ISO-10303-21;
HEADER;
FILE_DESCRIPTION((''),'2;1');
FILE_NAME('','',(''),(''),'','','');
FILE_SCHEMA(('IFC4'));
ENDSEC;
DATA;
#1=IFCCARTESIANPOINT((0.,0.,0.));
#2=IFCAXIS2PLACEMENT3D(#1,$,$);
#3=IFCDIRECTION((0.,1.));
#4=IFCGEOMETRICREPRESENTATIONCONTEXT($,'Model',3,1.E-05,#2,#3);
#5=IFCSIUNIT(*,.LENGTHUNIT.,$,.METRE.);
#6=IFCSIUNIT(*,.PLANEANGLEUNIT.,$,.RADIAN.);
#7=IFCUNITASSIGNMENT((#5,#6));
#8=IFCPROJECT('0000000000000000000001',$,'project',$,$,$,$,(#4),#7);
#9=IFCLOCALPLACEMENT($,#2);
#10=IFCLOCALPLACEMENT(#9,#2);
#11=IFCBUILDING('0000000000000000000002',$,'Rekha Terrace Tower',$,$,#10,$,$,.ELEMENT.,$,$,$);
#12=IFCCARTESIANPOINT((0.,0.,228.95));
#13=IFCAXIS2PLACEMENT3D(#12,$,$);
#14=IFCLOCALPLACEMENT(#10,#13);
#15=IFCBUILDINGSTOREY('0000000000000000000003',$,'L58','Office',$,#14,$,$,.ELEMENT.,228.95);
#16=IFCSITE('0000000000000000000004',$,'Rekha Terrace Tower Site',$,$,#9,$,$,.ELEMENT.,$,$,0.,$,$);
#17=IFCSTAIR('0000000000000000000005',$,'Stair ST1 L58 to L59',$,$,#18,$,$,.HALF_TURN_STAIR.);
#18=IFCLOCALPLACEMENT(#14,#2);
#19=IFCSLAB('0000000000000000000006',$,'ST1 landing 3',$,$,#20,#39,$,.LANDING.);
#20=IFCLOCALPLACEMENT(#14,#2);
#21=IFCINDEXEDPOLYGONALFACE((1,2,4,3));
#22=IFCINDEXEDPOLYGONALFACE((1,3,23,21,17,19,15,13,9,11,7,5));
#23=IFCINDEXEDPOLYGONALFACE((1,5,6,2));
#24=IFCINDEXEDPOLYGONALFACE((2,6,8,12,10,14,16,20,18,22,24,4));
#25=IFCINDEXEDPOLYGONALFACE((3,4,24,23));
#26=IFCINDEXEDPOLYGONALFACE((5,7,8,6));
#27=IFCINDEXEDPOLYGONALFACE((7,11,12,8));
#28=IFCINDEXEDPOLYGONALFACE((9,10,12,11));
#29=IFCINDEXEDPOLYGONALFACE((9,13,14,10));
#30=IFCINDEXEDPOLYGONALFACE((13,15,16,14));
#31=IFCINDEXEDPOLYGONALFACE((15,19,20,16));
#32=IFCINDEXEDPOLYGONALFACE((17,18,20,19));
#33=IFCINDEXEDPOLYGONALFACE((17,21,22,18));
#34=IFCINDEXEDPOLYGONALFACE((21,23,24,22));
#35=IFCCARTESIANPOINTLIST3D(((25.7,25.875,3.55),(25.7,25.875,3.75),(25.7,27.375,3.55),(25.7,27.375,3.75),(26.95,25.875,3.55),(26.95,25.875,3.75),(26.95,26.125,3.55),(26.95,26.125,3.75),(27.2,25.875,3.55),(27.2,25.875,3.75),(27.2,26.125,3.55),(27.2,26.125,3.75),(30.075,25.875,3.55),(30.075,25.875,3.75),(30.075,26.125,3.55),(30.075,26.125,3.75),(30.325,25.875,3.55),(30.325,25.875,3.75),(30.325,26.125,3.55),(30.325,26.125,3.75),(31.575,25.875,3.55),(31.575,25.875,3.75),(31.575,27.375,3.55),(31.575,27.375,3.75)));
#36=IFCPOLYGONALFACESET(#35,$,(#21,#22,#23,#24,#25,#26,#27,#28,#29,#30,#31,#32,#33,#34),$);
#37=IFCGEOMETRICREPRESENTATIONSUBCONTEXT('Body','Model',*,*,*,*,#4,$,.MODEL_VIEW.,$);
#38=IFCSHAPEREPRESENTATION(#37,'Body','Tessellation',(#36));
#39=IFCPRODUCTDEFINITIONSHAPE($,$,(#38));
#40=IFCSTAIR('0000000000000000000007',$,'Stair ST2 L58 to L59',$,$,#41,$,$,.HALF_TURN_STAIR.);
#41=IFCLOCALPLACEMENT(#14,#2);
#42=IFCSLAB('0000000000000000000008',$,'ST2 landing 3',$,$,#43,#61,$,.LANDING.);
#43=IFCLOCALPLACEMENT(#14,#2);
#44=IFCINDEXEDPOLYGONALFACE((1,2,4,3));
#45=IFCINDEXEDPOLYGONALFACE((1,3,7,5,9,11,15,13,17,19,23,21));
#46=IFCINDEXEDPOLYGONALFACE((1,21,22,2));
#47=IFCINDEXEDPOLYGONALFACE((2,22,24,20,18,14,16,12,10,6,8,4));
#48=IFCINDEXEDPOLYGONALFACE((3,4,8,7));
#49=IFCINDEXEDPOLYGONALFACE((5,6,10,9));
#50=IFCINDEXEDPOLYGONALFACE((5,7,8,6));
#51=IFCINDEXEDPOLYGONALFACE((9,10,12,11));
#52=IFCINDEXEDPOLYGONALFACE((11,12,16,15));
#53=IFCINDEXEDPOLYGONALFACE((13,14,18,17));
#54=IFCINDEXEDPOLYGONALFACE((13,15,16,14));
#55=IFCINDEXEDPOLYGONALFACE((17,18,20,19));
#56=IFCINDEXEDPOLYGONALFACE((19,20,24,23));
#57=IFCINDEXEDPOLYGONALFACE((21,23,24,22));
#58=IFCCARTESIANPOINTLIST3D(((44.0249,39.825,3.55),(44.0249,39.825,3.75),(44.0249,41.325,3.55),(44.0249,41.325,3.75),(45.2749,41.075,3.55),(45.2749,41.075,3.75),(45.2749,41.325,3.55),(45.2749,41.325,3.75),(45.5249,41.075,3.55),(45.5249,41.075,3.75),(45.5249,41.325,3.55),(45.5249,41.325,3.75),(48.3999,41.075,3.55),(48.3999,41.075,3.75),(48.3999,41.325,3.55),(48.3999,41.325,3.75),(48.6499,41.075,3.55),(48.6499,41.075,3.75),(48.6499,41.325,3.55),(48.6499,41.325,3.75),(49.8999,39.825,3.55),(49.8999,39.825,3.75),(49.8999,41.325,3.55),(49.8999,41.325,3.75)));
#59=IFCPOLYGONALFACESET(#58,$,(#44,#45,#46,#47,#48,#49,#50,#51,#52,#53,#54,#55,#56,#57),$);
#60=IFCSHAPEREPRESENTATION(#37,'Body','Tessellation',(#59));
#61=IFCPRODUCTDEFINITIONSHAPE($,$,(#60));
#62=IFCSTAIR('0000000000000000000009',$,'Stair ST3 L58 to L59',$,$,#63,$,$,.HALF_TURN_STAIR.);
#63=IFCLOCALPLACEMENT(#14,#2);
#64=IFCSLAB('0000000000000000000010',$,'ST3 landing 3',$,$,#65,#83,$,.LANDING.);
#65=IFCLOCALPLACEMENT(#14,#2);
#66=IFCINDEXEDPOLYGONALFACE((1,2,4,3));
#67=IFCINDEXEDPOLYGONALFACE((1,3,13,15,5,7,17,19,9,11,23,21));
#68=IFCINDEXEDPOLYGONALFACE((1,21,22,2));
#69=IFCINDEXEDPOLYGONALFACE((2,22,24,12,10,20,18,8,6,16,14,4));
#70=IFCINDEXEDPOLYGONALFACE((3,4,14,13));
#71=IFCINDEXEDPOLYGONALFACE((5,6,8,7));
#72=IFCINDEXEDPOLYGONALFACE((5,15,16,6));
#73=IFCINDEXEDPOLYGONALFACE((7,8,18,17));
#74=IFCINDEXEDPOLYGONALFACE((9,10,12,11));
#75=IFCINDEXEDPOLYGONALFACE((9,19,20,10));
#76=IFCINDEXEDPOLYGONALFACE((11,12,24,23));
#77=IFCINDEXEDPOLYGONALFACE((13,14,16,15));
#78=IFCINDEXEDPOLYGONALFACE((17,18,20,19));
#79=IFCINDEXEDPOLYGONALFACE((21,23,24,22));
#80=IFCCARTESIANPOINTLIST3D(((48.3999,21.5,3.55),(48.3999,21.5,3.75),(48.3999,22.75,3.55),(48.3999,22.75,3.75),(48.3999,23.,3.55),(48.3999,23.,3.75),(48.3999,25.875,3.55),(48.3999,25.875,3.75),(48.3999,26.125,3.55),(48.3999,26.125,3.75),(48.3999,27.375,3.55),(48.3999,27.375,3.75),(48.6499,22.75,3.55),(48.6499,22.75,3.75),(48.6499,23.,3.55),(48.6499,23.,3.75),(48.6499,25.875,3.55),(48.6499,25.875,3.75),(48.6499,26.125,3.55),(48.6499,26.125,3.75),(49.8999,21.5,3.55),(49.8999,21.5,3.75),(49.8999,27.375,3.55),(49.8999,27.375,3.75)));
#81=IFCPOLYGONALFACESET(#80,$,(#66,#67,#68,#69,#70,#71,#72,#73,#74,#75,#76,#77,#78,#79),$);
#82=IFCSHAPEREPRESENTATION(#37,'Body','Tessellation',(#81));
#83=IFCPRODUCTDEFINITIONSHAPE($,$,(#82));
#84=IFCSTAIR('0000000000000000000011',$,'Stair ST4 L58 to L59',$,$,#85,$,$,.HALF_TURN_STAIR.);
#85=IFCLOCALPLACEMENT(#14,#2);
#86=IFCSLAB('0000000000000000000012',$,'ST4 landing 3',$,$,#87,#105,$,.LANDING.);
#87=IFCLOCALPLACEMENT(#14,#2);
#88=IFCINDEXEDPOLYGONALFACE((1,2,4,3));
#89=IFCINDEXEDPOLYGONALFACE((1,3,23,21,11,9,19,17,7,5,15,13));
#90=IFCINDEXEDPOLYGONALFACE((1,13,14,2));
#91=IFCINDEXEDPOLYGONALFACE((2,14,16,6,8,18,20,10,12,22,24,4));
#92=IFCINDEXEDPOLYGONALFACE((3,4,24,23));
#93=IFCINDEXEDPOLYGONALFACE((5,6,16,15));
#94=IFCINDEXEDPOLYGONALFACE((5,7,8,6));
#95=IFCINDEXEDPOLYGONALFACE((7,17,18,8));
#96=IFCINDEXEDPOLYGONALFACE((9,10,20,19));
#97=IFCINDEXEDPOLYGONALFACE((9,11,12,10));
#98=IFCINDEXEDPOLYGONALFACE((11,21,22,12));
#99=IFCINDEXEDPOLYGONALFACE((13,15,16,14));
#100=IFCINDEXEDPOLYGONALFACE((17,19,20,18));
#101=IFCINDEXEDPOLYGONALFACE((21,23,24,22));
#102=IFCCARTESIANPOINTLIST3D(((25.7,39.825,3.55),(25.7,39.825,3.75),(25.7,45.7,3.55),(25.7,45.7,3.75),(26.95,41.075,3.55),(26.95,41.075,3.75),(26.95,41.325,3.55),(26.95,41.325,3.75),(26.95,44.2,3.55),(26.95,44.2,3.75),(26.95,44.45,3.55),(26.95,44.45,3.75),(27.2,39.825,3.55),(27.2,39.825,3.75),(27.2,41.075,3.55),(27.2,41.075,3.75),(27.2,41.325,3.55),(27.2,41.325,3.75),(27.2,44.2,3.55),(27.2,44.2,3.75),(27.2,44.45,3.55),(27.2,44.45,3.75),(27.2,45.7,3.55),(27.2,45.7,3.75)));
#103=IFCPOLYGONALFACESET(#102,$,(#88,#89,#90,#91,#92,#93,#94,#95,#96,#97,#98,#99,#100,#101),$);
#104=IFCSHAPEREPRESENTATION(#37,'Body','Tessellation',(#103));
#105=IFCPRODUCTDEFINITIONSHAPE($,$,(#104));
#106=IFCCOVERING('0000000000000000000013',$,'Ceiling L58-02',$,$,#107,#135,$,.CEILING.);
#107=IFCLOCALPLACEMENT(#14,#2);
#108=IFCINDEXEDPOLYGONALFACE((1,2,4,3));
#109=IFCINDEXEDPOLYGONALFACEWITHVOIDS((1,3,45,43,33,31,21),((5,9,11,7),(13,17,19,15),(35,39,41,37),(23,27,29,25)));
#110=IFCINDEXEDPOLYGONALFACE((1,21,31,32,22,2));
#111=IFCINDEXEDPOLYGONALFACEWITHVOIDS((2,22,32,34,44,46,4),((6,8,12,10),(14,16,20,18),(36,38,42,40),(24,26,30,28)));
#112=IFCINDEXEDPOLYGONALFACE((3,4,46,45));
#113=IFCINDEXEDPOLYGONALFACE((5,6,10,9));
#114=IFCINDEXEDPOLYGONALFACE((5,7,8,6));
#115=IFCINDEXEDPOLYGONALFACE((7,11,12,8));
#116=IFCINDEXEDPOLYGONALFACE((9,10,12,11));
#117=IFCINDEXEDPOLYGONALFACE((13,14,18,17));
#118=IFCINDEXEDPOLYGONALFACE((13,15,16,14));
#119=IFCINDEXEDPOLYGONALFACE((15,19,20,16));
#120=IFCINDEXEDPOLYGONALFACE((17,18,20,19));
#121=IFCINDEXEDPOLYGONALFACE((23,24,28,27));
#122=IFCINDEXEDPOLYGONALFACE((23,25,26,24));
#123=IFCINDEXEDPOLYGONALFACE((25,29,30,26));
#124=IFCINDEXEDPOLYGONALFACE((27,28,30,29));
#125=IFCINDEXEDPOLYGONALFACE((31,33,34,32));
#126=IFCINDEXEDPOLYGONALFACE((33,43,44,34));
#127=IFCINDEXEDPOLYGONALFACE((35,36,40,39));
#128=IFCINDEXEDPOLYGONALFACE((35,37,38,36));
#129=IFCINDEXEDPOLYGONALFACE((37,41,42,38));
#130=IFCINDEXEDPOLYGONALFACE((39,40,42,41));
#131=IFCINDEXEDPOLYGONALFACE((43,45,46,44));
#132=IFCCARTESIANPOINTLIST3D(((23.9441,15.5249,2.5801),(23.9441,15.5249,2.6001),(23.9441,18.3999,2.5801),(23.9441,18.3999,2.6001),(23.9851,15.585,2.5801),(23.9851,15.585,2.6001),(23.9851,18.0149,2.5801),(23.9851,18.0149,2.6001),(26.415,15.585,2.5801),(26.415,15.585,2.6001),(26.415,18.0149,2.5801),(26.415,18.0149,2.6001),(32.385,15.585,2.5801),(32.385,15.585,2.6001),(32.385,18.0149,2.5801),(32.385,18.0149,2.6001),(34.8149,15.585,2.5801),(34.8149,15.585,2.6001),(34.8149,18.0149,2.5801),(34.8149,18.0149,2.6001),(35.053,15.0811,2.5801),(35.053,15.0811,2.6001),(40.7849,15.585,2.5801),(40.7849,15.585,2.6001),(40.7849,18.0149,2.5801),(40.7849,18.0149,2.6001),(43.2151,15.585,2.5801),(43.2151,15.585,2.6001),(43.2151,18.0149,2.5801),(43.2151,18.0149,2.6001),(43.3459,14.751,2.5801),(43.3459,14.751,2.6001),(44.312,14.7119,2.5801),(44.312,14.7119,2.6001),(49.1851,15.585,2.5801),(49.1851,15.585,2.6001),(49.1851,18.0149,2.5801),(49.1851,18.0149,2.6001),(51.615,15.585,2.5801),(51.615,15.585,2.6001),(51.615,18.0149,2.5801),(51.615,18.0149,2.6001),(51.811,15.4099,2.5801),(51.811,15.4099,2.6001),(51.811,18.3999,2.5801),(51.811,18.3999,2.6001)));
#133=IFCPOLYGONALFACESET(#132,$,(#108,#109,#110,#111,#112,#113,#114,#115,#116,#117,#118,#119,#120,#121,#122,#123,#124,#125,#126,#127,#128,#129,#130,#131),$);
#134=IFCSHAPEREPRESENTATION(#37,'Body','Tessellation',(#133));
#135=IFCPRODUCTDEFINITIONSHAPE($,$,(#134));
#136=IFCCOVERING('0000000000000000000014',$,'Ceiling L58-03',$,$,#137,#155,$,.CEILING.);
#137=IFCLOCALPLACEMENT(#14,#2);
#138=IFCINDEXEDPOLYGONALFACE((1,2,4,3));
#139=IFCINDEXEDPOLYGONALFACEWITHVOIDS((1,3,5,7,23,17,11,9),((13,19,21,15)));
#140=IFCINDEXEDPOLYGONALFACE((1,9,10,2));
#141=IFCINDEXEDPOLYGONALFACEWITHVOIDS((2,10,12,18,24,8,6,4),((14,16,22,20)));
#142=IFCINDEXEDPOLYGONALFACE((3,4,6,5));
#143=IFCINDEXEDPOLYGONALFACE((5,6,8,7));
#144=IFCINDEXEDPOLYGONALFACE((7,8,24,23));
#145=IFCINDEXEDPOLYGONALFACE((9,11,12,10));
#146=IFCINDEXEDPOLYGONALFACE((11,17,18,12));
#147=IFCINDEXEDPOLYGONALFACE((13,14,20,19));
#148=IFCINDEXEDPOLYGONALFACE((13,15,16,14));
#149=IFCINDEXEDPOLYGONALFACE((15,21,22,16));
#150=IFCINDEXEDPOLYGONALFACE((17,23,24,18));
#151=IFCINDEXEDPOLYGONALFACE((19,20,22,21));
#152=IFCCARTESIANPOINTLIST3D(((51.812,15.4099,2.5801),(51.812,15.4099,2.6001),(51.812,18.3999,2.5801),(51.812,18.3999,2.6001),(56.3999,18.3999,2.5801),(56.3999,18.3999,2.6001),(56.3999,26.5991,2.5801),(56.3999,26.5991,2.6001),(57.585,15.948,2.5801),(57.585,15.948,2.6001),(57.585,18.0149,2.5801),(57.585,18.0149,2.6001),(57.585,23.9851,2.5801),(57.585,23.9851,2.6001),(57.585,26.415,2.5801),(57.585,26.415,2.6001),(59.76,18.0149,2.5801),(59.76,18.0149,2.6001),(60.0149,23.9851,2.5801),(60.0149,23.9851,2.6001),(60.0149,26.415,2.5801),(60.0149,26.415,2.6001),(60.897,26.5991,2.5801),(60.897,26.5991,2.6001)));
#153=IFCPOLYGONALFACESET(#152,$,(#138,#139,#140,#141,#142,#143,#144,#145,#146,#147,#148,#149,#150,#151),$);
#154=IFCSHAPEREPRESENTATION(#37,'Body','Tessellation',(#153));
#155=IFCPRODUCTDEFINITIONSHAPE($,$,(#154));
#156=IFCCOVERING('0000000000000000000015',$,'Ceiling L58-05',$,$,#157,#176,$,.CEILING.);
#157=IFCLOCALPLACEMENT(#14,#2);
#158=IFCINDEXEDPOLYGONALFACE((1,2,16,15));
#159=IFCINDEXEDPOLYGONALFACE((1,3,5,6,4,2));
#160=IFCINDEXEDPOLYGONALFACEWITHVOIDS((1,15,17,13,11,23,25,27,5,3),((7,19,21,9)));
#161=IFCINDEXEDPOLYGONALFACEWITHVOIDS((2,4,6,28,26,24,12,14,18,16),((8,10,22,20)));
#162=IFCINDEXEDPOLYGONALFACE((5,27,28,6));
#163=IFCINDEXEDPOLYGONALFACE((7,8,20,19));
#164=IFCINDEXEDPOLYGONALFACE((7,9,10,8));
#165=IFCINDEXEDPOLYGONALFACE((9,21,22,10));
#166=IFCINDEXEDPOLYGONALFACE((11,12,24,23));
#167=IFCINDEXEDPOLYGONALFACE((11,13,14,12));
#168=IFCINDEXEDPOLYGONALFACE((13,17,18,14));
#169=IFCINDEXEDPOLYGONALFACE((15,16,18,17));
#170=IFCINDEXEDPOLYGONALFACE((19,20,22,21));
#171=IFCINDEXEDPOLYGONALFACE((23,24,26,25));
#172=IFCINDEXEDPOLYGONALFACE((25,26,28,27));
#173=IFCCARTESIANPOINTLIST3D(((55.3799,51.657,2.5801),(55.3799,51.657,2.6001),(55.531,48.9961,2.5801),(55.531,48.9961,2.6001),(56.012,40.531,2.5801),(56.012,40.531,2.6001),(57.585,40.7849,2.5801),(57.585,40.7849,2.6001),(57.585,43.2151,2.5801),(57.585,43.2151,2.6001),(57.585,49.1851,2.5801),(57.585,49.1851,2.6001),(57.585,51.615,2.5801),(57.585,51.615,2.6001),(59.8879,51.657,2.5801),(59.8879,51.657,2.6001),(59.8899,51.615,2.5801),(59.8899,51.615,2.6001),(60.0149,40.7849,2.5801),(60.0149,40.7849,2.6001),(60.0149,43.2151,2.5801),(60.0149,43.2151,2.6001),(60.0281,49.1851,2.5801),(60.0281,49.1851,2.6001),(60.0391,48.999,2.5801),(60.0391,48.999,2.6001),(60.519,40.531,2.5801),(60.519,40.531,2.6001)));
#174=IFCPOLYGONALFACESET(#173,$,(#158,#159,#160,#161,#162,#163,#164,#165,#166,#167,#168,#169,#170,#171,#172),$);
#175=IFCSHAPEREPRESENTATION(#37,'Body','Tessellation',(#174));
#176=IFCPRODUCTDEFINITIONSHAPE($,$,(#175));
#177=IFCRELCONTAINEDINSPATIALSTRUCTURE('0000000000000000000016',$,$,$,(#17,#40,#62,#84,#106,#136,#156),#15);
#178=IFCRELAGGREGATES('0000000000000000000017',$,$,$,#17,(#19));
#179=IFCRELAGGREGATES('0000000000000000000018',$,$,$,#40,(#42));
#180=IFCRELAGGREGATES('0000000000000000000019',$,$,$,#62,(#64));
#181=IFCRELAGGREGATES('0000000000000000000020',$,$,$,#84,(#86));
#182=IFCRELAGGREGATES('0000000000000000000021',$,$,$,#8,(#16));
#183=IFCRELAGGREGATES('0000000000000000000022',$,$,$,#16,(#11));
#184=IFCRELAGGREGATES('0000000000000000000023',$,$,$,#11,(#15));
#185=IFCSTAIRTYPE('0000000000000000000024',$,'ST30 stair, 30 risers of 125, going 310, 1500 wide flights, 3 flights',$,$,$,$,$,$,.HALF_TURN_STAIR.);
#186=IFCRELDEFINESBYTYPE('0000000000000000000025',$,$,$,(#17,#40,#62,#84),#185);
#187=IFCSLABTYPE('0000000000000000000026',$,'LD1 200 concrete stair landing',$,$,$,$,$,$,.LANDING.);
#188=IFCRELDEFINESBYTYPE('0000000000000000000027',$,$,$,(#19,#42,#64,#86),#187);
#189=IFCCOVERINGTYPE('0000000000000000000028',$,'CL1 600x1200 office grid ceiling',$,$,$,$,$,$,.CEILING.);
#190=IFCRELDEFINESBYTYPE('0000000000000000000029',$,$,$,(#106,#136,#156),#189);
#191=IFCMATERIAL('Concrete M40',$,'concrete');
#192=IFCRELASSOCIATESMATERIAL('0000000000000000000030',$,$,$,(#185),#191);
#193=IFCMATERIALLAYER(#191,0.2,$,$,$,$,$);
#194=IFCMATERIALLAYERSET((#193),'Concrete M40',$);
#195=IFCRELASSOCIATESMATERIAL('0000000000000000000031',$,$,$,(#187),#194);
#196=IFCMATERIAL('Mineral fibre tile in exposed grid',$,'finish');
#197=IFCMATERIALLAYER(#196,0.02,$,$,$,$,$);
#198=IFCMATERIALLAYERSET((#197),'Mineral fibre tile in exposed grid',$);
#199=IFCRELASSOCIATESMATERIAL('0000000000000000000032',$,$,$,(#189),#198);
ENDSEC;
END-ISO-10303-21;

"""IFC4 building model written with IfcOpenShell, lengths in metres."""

from ifc_helpers import new_model, si_unit, direction, frame, origin, place, context, subcontext, project, spatial, polyline, outline, extrude, material, layer, layer_set, type_object, element, aggregate, save


model = new_model("IFC4")

# Units and contexts
model_context = context("Model", 3, precision=1e-05, world=origin(), true_north=direction((0.0, 1.0)))
body_context = subcontext(model_context, "Body", "Model", "MODEL_VIEW")
ifc_project = project(units=[si_unit("LENGTHUNIT", "METRE"), si_unit("PLANEANGLEUNIT", "RADIAN")], contexts=[model_context])

# Site, building, storey
site_placement = place(None, origin())
site = spatial("IfcSite", under=ifc_project, at=site_placement, Name="Rekha Terrace Tower Site", CompositionType="ELEMENT", RefElevation=0.0)
building_placement = place(site_placement, origin())
building = spatial("IfcBuilding", under=site, at=building_placement, Name="Rekha Terrace Tower", CompositionType="ELEMENT")
storey_placement = place(building_placement, frame((0.0, 0.0, 228.95)))
storey = spatial("IfcBuildingStorey", under=building, at=storey_placement, Name="L58", Description="Office", CompositionType="ELEMENT", Elevation=228.95)

# Stairs, slabs
ifc_material_1 = material(Name="Concrete M40", Category="concrete")
stair_type = type_object("IfcStairType", Name="ST30 stair, 30 risers of 125, going 310, 1500 wide flights, 3 flights", PredefinedType="HALF_TURN_STAIR", material=ifc_material_1)
stair_1_placement = place(storey_placement, origin())
stair_1 = element("IfcStair", 1, at=stair_1_placement, inside=storey, type_object=stair_type, Name="Stair ST1 L58 to L59", PredefinedType="HALF_TURN_STAIR")
ifc_layer_1 = layer(ifc_material_1, 0.2)
ifc_layer_set_1 = layer_set([ifc_layer_1], Name="Concrete M40")
slab_type = type_object("IfcSlabType", Name="LD1 200 concrete stair landing", PredefinedType="LANDING", material=ifc_layer_set_1)
slab_1_placement = place(storey_placement, frame((0.0, 0.0, 3.55)))
slab_1 = element("IfcSlab", 2, at=slab_1_placement, type_object=slab_type, Name="ST1 landing 3", PredefinedType="LANDING", context=body_context, shape_type="SweptSolid", body=[
    extrude(outline(polyline([(31.575, 25.875), (31.575, 27.375), (25.7, 27.375), (25.7, 25.875), (26.95, 25.875), (26.95, 26.125), (27.2, 26.125), (27.2, 25.875), (30.075, 25.875), (30.075, 26.125), (30.325, 26.125), (30.325, 25.875), (31.575, 25.875)])), origin(), (0.0, 0.0, 1.0), 0.2),
])
aggregate(stair_1, [slab_1])
stair_2_placement = place(storey_placement, origin())
stair_2 = element("IfcStair", 3, at=stair_2_placement, inside=storey, type_object=stair_type, Name="Stair ST2 L58 to L59", PredefinedType="HALF_TURN_STAIR")
slab_2_placement = place(storey_placement, frame((0.0, 0.0, 3.55)))
slab_2 = element("IfcSlab", 4, at=slab_2_placement, type_object=slab_type, Name="ST2 landing 3", PredefinedType="LANDING", context=body_context, shape_type="SweptSolid", body=[
    extrude(outline(polyline([(44.0249, 41.325), (44.0249, 39.825), (49.8999, 39.825), (49.8999, 41.325), (48.6499, 41.325), (48.6499, 41.075), (48.3999, 41.075), (48.3999, 41.325), (45.5249, 41.325), (45.5249, 41.075), (45.2749, 41.075), (45.2749, 41.325), (44.0249, 41.325)])), origin(), (0.0, 0.0, 1.0), 0.2),
])
aggregate(stair_2, [slab_2])
stair_3_placement = place(storey_placement, origin())
stair_3 = element("IfcStair", 5, at=stair_3_placement, inside=storey, type_object=stair_type, Name="Stair ST3 L58 to L59", PredefinedType="HALF_TURN_STAIR")
slab_3_placement = place(storey_placement, frame((0.0, 0.0, 3.55)))
slab_3 = element("IfcSlab", 6, at=slab_3_placement, type_object=slab_type, Name="ST3 landing 3", PredefinedType="LANDING", context=body_context, shape_type="SweptSolid", body=[
    extrude(outline(polyline([(48.3999, 21.5), (49.8999, 21.5), (49.8999, 27.375), (48.3999, 27.375), (48.3999, 26.125), (48.6499, 26.125), (48.6499, 25.875), (48.3999, 25.875), (48.3999, 23.0), (48.6499, 23.0), (48.6499, 22.75), (48.3999, 22.75), (48.3999, 21.5)])), origin(), (0.0, 0.0, 1.0), 0.2),
])
aggregate(stair_3, [slab_3])
stair_4_placement = place(storey_placement, origin())
stair_4 = element("IfcStair", 7, at=stair_4_placement, inside=storey, type_object=stair_type, Name="Stair ST4 L58 to L59", PredefinedType="HALF_TURN_STAIR")
slab_4_placement = place(storey_placement, frame((0.0, 0.0, 3.55)))
slab_4 = element("IfcSlab", 8, at=slab_4_placement, type_object=slab_type, Name="ST4 landing 3", PredefinedType="LANDING", context=body_context, shape_type="SweptSolid", body=[
    extrude(outline(polyline([(27.2, 39.825), (25.7, 39.825), (25.7, 45.7), (27.2, 45.7), (27.2, 44.45), (26.95, 44.45), (26.95, 44.2), (27.2, 44.2), (27.2, 41.325), (26.95, 41.325), (26.95, 41.075), (27.2, 41.075), (27.2, 39.825)])), origin(), (0.0, 0.0, 1.0), 0.2),
])
aggregate(stair_4, [slab_4])

# Coverings
ifc_material_2 = material(Name="Mineral fibre tile in exposed grid", Category="finish")
ifc_layer_2 = layer(ifc_material_2, 0.02)
ifc_layer_set_2 = layer_set([ifc_layer_2], Name="Mineral fibre tile in exposed grid")
covering_type_1 = type_object("IfcCoveringType", Name="CL1 600x1200 office grid ceiling", PredefinedType="CEILING", material=ifc_layer_set_2)
covering_1_placement = place(storey_placement, frame((0.0, 0.0, 2.5801)))
element("IfcCovering", 9, at=covering_1_placement, inside=storey, type_object=covering_type_1, Name="Ceiling L58-02", PredefinedType="CEILING", context=body_context, shape_type="SweptSolid", body=[
    extrude(outline(polyline([(51.811, 18.3999), (23.9441, 18.3999), (23.9441, 15.5249), (35.053, 15.0811), (43.3459, 14.751), (44.312, 14.7119), (51.811, 15.4099), (51.811, 18.3999)]), holes=[polyline([(51.615, 15.585), (49.1851, 15.585), (49.1851, 18.0149), (51.615, 18.0149), (51.615, 15.585)]), polyline([(43.2151, 18.0149), (43.2151, 15.585), (40.7849, 15.585), (40.7849, 18.0149), (43.2151, 18.0149)]), polyline([(34.8149, 15.585), (32.385, 15.585), (32.385, 18.0149), (34.8149, 18.0149), (34.8149, 15.585)]), polyline([(26.415, 18.0149), (26.415, 15.585), (23.9851, 15.585), (23.9851, 18.0149), (26.415, 18.0149)])]), origin(), (0.0, 0.0, 1.0), 0.02),
])
covering_2_placement = place(storey_placement, frame((0.0, 0.0, 2.5801)))
element("IfcCovering", 10, at=covering_2_placement, inside=storey, type_object=covering_type_1, Name="Ceiling L58-03", PredefinedType="CEILING", context=body_context, shape_type="SweptSolid", body=[
    extrude(outline(polyline([(59.76, 18.0149), (60.897, 26.5991), (56.3999, 26.5991), (56.3999, 18.3999), (51.812, 18.3999), (51.812, 15.4099), (57.585, 15.948), (57.585, 18.0149), (59.76, 18.0149)]), holes=[polyline([(60.0149, 23.9851), (57.585, 23.9851), (57.585, 26.415), (60.0149, 26.415), (60.0149, 23.9851)])]), origin(), (0.0, 0.0, 1.0), 0.02),
])
covering_3_placement = place(storey_placement, frame((0.0, 0.0, 2.5801)))
element("IfcCovering", 11, at=covering_3_placement, inside=storey, type_object=covering_type_1, Name="Ceiling L58-05", PredefinedType="CEILING", context=body_context, shape_type="SweptSolid", body=[
    extrude(outline(polyline([(59.8899, 51.615), (59.8879, 51.657), (55.3799, 51.657), (55.531, 48.9961), (56.012, 40.531), (60.519, 40.531), (60.0391, 48.999), (60.0281, 49.1851), (57.585, 49.1851), (57.585, 51.615), (59.8899, 51.615)]), holes=[polyline([(60.0149, 40.7849), (57.585, 40.7849), (57.585, 43.2151), (60.0149, 43.2151), (60.0149, 40.7849)])]), origin(), (0.0, 0.0, 1.0), 0.02),
])

save(model, "model.ifc")
